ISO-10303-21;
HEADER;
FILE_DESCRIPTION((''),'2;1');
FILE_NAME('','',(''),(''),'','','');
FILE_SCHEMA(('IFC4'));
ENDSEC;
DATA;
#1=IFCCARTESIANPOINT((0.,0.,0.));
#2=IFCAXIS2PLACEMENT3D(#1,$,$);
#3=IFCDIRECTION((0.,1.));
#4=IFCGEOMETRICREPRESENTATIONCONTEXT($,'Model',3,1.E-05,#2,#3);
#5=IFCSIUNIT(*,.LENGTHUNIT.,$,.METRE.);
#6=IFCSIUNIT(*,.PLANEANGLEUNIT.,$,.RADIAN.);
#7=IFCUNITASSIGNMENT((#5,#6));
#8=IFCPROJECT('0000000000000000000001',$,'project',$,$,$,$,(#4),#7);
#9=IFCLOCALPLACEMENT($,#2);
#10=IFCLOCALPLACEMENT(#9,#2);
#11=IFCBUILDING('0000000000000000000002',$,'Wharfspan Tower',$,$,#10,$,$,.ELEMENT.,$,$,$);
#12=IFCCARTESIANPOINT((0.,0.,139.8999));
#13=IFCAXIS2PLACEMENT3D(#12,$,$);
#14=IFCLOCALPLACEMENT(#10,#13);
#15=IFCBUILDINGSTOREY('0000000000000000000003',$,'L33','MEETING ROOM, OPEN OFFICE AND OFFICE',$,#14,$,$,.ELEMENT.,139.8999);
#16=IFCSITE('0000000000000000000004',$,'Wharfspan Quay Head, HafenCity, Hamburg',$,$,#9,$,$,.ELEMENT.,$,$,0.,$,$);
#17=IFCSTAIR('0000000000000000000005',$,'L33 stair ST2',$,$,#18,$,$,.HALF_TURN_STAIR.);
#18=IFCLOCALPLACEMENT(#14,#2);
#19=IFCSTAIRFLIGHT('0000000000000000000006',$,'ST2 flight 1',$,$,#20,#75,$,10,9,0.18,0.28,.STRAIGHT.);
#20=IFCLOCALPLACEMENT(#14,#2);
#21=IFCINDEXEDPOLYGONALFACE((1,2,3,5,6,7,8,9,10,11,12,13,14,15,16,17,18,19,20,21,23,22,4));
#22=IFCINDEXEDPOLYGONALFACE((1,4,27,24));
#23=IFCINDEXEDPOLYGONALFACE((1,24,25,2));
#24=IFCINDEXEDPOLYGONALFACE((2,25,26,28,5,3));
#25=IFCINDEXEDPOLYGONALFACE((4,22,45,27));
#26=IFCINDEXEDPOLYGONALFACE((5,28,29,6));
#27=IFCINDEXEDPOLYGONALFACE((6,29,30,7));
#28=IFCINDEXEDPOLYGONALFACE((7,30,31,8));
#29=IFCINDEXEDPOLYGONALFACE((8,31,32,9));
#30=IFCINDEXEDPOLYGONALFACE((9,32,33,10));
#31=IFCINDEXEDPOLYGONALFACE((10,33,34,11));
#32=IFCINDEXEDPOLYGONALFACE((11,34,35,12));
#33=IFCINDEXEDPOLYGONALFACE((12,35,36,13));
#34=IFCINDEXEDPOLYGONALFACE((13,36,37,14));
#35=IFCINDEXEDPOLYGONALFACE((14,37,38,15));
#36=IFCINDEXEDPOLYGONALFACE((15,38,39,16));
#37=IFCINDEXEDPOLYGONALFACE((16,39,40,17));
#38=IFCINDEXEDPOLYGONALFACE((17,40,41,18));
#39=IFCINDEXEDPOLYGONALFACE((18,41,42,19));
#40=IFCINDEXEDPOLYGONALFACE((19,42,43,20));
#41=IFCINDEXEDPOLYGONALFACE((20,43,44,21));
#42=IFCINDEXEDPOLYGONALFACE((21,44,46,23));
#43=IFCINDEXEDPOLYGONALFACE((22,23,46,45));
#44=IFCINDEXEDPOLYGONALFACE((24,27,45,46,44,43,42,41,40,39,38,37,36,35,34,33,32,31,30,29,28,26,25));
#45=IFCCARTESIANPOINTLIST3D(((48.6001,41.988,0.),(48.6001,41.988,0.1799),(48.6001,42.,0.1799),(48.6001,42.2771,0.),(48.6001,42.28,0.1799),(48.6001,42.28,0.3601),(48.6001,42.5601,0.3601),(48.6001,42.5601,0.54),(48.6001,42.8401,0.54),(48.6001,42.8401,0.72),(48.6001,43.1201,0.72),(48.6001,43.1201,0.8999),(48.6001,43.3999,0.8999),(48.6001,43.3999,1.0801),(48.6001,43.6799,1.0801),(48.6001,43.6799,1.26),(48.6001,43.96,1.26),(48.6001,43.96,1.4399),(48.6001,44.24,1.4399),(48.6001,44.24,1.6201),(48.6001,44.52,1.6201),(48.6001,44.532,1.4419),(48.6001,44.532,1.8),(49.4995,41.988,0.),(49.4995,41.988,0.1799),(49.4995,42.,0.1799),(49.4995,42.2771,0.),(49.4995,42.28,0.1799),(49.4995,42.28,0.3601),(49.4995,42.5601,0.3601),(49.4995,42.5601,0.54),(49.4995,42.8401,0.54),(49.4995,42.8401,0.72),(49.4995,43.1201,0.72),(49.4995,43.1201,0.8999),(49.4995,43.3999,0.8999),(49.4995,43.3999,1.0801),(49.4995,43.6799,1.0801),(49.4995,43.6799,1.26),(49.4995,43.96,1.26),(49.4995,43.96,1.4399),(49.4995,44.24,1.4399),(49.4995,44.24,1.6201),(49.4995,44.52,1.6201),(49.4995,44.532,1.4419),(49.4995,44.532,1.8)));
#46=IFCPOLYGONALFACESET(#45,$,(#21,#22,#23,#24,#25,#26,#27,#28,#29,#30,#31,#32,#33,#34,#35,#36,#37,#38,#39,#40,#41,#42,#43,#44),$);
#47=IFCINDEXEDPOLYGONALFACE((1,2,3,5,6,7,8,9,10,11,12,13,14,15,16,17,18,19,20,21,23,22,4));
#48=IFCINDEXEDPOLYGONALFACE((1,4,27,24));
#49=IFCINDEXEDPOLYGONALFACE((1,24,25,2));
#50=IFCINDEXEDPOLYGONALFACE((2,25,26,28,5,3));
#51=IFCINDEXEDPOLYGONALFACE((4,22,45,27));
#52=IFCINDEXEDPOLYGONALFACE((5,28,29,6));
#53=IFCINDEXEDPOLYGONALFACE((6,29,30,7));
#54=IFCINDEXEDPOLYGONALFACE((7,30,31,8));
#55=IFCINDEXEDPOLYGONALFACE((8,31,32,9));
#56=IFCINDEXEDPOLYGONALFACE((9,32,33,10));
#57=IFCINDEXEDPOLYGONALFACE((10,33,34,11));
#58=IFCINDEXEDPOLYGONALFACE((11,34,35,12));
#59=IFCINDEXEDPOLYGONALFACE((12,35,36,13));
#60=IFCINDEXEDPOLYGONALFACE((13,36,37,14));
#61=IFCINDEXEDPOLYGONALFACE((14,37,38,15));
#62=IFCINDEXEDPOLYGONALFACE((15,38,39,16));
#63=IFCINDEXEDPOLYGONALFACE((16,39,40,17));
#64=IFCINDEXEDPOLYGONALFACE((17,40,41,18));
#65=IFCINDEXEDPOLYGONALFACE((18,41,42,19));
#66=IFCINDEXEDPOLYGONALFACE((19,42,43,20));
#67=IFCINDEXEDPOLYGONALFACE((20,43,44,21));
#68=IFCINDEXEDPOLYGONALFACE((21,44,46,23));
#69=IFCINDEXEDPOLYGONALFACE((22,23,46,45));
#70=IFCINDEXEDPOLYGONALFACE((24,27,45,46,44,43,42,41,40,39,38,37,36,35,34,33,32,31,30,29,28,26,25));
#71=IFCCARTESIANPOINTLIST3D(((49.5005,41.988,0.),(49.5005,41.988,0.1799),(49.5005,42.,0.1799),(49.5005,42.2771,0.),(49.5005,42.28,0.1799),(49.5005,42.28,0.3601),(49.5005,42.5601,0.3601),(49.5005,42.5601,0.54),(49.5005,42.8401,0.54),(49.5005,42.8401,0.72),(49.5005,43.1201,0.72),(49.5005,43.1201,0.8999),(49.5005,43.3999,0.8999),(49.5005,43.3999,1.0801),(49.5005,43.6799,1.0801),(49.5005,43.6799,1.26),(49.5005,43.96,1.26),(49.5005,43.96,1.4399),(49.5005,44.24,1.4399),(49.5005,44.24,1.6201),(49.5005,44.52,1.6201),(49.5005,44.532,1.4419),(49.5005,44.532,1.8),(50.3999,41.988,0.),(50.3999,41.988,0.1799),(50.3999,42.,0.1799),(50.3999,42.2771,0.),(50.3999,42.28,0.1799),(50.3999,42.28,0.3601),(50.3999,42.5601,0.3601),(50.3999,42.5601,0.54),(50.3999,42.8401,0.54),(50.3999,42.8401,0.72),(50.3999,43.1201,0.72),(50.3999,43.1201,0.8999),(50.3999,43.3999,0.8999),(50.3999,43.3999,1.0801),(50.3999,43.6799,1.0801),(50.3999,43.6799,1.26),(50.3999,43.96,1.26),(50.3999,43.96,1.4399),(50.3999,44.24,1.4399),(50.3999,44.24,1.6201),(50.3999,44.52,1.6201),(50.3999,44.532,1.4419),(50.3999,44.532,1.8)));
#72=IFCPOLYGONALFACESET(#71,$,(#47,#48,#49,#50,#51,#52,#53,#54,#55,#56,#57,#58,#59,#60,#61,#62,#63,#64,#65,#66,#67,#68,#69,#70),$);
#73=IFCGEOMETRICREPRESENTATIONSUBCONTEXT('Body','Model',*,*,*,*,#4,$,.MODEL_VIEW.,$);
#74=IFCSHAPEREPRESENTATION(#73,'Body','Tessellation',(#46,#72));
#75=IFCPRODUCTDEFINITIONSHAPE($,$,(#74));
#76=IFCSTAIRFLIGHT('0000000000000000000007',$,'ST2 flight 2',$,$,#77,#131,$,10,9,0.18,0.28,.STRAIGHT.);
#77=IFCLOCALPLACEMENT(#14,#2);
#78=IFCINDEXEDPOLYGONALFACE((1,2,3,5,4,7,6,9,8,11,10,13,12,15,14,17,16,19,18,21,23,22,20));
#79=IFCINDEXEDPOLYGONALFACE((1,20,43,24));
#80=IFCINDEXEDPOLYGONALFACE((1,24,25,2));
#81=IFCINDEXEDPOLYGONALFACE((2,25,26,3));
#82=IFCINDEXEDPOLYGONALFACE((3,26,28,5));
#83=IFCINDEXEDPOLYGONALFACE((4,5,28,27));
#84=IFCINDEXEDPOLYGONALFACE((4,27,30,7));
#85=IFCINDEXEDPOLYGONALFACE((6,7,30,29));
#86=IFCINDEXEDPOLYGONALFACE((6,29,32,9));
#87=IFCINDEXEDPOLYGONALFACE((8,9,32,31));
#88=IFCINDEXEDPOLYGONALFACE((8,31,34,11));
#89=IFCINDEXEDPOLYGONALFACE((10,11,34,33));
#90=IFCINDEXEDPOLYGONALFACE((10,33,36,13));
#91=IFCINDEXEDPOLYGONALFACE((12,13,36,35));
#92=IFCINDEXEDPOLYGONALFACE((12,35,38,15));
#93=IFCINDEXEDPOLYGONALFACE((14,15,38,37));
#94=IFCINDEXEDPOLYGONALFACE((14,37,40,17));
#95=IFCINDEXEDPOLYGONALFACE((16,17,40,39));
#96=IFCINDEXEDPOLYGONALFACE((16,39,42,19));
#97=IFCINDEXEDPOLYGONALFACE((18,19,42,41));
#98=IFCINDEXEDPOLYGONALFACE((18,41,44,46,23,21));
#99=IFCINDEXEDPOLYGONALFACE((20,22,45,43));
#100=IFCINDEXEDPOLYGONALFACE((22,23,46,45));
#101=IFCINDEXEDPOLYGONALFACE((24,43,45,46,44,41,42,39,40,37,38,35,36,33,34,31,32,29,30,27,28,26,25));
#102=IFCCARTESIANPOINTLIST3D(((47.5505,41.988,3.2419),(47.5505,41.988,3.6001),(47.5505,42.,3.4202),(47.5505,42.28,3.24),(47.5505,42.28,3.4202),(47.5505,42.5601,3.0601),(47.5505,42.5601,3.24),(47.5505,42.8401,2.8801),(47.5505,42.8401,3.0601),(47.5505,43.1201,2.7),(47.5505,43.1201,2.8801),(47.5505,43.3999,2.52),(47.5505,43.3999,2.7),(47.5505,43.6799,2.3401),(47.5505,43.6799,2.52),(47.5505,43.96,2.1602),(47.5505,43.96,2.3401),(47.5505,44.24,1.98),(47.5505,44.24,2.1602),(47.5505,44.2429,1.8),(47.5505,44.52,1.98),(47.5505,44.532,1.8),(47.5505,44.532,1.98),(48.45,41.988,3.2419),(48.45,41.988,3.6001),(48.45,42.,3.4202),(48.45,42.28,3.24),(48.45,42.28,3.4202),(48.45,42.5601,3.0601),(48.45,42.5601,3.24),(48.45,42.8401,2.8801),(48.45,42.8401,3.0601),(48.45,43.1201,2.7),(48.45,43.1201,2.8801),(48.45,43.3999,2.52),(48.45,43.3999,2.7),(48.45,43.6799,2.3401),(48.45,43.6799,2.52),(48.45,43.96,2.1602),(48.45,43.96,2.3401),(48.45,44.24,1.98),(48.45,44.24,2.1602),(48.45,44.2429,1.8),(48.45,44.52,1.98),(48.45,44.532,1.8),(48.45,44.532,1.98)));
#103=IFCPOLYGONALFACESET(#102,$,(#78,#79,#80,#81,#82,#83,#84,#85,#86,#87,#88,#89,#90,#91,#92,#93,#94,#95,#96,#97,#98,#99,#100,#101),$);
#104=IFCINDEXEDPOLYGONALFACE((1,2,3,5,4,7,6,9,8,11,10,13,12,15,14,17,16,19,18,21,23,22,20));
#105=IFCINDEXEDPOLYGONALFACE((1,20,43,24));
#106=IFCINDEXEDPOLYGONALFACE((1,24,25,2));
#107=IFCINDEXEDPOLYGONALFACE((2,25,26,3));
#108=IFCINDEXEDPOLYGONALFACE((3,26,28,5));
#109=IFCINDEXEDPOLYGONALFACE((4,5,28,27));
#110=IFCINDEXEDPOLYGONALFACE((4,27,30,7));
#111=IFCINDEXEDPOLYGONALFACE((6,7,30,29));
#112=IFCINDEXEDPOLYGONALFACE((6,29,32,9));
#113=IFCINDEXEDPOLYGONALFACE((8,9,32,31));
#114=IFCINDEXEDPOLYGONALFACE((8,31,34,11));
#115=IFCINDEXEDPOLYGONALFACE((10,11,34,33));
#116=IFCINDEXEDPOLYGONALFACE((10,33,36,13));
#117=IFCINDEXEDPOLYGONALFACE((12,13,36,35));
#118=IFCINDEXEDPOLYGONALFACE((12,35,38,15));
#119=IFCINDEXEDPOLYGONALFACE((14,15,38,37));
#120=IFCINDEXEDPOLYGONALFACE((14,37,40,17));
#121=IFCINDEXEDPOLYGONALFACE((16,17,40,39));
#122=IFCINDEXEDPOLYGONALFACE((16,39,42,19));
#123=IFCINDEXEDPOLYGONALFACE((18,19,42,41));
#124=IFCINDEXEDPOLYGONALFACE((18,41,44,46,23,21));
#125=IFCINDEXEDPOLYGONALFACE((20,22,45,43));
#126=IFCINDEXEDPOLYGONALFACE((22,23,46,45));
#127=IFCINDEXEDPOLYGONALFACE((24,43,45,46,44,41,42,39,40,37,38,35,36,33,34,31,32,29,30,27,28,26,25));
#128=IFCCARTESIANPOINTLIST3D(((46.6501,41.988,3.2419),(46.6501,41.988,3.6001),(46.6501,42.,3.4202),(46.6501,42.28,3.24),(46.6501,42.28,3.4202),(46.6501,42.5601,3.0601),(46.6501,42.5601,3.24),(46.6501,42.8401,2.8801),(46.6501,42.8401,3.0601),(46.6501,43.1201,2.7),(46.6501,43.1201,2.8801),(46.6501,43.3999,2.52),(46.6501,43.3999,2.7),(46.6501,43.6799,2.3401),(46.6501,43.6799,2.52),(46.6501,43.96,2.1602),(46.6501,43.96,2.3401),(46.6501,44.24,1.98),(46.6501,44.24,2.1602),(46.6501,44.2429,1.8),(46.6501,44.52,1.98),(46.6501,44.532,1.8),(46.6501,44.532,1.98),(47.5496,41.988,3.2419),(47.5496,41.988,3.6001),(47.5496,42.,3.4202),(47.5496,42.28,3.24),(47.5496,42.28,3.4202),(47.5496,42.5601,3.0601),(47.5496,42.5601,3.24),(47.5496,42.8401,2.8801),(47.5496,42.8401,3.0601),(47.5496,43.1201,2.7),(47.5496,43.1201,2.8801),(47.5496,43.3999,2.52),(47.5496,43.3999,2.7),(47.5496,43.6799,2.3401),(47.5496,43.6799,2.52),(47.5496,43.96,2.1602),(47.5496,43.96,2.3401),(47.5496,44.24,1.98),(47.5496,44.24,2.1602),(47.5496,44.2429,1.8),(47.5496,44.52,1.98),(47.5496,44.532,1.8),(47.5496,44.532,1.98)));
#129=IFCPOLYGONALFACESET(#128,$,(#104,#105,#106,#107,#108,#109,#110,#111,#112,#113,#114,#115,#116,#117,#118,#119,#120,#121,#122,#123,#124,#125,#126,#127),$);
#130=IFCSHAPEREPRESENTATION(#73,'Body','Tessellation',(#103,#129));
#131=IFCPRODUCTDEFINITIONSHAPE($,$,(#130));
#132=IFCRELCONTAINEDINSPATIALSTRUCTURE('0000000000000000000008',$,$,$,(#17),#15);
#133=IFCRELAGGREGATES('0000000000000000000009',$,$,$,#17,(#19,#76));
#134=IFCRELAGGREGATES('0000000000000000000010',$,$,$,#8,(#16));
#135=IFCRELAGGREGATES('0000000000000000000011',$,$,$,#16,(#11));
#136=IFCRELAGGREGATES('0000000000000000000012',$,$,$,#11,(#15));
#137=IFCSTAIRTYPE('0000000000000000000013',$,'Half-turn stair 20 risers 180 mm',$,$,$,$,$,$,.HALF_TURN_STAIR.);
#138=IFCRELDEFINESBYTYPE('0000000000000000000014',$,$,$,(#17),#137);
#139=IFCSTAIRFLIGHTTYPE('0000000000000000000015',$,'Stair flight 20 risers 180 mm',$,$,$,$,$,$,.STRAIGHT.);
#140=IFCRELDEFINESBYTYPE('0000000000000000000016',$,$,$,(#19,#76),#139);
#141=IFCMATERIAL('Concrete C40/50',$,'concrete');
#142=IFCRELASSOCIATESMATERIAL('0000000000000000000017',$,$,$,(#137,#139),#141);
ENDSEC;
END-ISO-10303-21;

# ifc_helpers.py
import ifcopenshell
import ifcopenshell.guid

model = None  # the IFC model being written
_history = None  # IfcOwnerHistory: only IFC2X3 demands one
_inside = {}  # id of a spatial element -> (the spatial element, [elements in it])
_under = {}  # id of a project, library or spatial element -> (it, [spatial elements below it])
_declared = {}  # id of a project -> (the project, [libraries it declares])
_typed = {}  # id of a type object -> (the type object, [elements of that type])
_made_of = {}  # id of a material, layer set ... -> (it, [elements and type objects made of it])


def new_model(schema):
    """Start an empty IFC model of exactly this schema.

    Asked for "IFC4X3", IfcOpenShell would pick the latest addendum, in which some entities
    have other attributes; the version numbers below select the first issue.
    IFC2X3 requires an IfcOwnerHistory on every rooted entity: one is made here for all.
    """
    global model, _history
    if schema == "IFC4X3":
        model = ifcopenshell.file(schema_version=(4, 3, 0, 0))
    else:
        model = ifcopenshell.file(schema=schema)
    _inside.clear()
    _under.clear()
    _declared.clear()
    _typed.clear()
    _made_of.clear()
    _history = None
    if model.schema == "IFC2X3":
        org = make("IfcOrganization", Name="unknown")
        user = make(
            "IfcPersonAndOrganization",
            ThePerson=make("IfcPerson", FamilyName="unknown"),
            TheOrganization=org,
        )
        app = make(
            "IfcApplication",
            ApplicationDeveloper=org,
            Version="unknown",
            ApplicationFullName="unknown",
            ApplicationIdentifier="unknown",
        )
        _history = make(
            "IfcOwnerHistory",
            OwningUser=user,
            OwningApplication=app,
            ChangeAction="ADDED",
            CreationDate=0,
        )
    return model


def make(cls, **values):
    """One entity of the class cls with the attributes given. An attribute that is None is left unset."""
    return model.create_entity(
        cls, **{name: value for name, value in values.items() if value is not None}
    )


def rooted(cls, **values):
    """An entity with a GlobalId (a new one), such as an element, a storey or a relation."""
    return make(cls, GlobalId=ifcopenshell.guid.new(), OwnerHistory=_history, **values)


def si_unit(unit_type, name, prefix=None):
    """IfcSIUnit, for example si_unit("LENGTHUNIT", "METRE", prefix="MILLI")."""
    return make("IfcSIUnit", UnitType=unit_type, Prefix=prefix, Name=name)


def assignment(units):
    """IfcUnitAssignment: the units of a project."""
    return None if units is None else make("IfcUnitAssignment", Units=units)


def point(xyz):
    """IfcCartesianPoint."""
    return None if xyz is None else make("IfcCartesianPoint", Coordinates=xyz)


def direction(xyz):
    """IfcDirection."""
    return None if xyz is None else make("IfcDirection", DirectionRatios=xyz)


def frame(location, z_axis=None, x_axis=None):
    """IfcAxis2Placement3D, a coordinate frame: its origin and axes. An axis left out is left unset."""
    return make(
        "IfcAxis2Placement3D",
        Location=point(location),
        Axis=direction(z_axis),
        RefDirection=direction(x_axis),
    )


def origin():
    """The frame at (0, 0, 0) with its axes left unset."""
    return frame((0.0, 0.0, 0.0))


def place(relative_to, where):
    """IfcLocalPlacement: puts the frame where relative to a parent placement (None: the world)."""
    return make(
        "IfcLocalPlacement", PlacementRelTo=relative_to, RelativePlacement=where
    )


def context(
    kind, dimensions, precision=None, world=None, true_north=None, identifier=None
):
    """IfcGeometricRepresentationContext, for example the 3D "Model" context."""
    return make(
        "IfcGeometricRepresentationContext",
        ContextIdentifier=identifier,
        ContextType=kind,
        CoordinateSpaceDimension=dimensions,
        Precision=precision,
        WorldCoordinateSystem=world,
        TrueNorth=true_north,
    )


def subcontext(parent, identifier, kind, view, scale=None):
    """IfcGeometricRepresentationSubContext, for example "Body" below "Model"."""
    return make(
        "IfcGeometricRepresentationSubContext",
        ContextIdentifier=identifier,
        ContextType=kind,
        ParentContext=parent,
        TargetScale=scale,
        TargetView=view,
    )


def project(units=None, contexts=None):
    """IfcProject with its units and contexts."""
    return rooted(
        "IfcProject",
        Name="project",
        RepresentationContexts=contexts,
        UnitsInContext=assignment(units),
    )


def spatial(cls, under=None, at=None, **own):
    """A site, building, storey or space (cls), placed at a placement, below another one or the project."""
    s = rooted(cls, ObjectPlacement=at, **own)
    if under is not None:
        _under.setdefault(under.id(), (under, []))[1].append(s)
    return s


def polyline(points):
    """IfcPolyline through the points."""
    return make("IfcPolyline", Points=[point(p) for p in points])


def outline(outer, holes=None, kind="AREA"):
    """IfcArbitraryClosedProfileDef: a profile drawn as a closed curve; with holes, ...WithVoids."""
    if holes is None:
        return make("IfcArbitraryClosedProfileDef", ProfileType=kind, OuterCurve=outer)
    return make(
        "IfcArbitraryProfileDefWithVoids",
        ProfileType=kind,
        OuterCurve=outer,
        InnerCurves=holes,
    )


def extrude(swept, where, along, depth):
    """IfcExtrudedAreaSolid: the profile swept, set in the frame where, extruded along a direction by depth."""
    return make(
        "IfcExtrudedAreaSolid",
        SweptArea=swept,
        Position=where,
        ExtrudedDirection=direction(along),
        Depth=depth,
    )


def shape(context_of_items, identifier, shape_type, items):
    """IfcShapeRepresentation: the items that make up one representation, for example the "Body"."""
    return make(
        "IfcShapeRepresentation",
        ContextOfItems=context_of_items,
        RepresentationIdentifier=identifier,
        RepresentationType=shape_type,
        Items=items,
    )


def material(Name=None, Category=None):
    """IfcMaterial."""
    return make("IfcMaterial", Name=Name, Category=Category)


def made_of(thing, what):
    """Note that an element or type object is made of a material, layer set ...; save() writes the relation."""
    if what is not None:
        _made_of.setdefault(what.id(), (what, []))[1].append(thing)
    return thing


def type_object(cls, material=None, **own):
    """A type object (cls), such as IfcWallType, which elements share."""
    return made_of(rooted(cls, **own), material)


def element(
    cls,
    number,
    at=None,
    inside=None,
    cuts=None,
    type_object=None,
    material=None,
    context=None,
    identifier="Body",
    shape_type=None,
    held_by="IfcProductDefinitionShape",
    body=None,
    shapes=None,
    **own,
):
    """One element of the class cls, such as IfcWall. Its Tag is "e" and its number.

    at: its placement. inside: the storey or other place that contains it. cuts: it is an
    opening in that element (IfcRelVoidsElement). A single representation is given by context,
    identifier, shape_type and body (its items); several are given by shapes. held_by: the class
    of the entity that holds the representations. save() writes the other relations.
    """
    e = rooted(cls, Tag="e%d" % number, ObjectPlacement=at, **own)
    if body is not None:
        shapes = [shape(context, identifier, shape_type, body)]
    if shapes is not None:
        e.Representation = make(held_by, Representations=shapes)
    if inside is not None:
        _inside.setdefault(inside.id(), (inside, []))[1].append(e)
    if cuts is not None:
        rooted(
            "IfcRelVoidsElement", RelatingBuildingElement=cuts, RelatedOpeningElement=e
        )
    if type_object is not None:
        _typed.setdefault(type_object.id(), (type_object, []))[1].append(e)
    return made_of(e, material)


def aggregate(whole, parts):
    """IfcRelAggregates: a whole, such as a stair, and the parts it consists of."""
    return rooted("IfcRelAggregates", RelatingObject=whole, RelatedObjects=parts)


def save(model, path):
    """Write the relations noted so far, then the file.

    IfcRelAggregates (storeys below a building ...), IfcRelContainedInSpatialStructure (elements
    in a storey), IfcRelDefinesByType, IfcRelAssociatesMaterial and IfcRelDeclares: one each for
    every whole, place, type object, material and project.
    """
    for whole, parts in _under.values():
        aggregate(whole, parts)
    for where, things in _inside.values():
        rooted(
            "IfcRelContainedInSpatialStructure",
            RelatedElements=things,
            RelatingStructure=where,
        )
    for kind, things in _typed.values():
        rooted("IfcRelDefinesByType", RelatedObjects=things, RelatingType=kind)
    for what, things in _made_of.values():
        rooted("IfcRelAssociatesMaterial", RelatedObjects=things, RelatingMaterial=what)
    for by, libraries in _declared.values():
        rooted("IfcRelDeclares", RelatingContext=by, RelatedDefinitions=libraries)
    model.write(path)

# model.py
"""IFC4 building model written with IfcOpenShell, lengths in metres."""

from ifc_helpers import new_model, si_unit, direction, frame, origin, place, context, subcontext, project, spatial, polyline, outline, extrude, material, type_object, element, aggregate, save


model = new_model("IFC4")

# Units and contexts
model_context = context("Model", 3, precision=1e-05, world=origin(), true_north=direction((0.0, 1.0)))
body_context = subcontext(model_context, "Body", "Model", "MODEL_VIEW")
ifc_project = project(units=[si_unit("LENGTHUNIT", "METRE"), si_unit("PLANEANGLEUNIT", "RADIAN")], contexts=[model_context])

# Site, building, storey
site_placement = place(None, origin())
site = spatial("IfcSite", under=ifc_project, at=site_placement, Name="Wharfspan Quay Head, HafenCity, Hamburg", CompositionType="ELEMENT", RefElevation=0.0)
building_placement = place(site_placement, origin())
building = spatial("IfcBuilding", under=site, at=building_placement, Name="Wharfspan Tower", CompositionType="ELEMENT")
storey_placement = place(building_placement, frame((0.0, 0.0, 139.8999)))
storey = spatial("IfcBuildingStorey", under=building, at=storey_placement, Name="L33", Description="MEETING ROOM, OPEN OFFICE AND OFFICE", CompositionType="ELEMENT", Elevation=139.8999)

# Shared definitions
ifc_material_1 = material(Name="Concrete C40/50", Category="concrete")

# Stair, stair flights
stair_type = type_object("IfcStairType", Name="Half-turn stair 20 risers 180 mm", PredefinedType="HALF_TURN_STAIR", material=ifc_material_1)
stair_placement = place(storey_placement, origin())
stair = element("IfcStair", 1, at=stair_placement, inside=storey, type_object=stair_type, Name="L33 stair ST2", PredefinedType="HALF_TURN_STAIR")
stair_flight_type = type_object("IfcStairFlightType", Name="Stair flight 20 risers 180 mm", PredefinedType="STRAIGHT", material=ifc_material_1)
stair_flight_1_placement = place(storey_placement, frame((49.5, 42.0, 0.0), z_axis=(0.0, 0.0, 1.0), x_axis=(0.0, 1.0, 0.0)))
stair_flight_1 = element("IfcStairFlight", 2, at=stair_flight_1_placement, type_object=stair_flight_type, Name="ST2 flight 1", NumberOfRisers=10, NumberOfTreads=9, PredefinedType="STRAIGHT", RiserHeight=0.18, TreadLength=0.28, context=body_context, shape_type="SweptSolid", body=[
    extrude(outline(polyline([(-0.012, 0.0), (-0.012, 0.1799), (0.0, 0.1799), (0.28, 0.1799), (0.28, 0.3601), (0.5601, 0.3601), (0.5601, 0.54), (0.8401, 0.54), (0.8401, 0.72), (1.1201, 0.72), (1.1201, 0.8999), (1.3999, 0.8999), (1.3999, 1.0801), (1.6799, 1.0801), (1.6799, 1.26), (1.96, 1.26), (1.96, 1.4399), (2.24, 1.4399), (2.24, 1.6201), (2.52, 1.6201), (2.532, 1.8), (2.532, 1.4419), (0.2771, 0.0), (-0.012, 0.0)])), frame((0.0, 0.8999, 0.0), z_axis=(0.0, -1.0, 0.0), x_axis=(1.0, 0.0, 0.0)), (0.0, 0.0, 1.0), 0.8994),
    extrude(outline(polyline([(-0.012, 0.0), (-0.012, 0.1799), (0.0, 0.1799), (0.28, 0.1799), (0.28, 0.3601), (0.5601, 0.3601), (0.5601, 0.54), (0.8401, 0.54), (0.8401, 0.72), (1.1201, 0.72), (1.1201, 0.8999), (1.3999, 0.8999), (1.3999, 1.0801), (1.6799, 1.0801), (1.6799, 1.26), (1.96, 1.26), (1.96, 1.4399), (2.24, 1.4399), (2.24, 1.6201), (2.52, 1.6201), (2.532, 1.8), (2.532, 1.4419), (0.2771, 0.0), (-0.012, 0.0)])), frame((0.0, -0.0005, 0.0), z_axis=(0.0, -1.0, 0.0), x_axis=(1.0, 0.0, 0.0)), (0.0, 0.0, 1.0), 0.8994),
])
stair_flight_2_placement = place(storey_placement, frame((47.55, 44.52, 1.8), z_axis=(0.0, 0.0, 1.0), x_axis=(0.0, -1.0, 0.0)))
stair_flight_2 = element("IfcStairFlight", 3, at=stair_flight_2_placement, type_object=stair_flight_type, Name="ST2 flight 2", NumberOfRisers=10, NumberOfTreads=9, PredefinedType="STRAIGHT", RiserHeight=0.18, TreadLength=0.28, context=body_context, shape_type="SweptSolid", body=[
    extrude(outline(polyline([(-0.012, 0.0), (-0.012, 0.1799), (0.0, 0.1799), (0.28, 0.1799), (0.28, 0.3601), (0.5601, 0.3601), (0.5601, 0.54), (0.8401, 0.54), (0.8401, 0.72), (1.1201, 0.72), (1.1201, 0.8999), (1.3999, 0.8999), (1.3999, 1.0801), (1.6799, 1.0801), (1.6799, 1.26), (1.96, 1.26), (1.96, 1.4399), (2.24, 1.4399), (2.24, 1.6201), (2.52, 1.6201), (2.532, 1.8), (2.532, 1.4419), (0.2771, 0.0), (-0.012, 0.0)])), frame((0.0, 0.8999, 0.0), z_axis=(0.0, -1.0, 0.0), x_axis=(1.0, 0.0, 0.0)), (0.0, 0.0, 1.0), 0.8994),
    extrude(outline(polyline([(-0.012, 0.0), (-0.012, 0.1799), (0.0, 0.1799), (0.28, 0.1799), (0.28, 0.3601), (0.5601, 0.3601), (0.5601, 0.54), (0.8401, 0.54), (0.8401, 0.72), (1.1201, 0.72), (1.1201, 0.8999), (1.3999, 0.8999), (1.3999, 1.0801), (1.6799, 1.0801), (1.6799, 1.26), (1.96, 1.26), (1.96, 1.4399), (2.24, 1.4399), (2.24, 1.6201), (2.52, 1.6201), (2.532, 1.8), (2.532, 1.4419), (0.2771, 0.0), (-0.012, 0.0)])), frame((0.0, -0.0005, 0.0), z_axis=(0.0, -1.0, 0.0), x_axis=(1.0, 0.0, 0.0)), (0.0, 0.0, 1.0), 0.8994),
])
aggregate(stair, [stair_flight_1, stair_flight_2])

save(model, "model.ifc")
